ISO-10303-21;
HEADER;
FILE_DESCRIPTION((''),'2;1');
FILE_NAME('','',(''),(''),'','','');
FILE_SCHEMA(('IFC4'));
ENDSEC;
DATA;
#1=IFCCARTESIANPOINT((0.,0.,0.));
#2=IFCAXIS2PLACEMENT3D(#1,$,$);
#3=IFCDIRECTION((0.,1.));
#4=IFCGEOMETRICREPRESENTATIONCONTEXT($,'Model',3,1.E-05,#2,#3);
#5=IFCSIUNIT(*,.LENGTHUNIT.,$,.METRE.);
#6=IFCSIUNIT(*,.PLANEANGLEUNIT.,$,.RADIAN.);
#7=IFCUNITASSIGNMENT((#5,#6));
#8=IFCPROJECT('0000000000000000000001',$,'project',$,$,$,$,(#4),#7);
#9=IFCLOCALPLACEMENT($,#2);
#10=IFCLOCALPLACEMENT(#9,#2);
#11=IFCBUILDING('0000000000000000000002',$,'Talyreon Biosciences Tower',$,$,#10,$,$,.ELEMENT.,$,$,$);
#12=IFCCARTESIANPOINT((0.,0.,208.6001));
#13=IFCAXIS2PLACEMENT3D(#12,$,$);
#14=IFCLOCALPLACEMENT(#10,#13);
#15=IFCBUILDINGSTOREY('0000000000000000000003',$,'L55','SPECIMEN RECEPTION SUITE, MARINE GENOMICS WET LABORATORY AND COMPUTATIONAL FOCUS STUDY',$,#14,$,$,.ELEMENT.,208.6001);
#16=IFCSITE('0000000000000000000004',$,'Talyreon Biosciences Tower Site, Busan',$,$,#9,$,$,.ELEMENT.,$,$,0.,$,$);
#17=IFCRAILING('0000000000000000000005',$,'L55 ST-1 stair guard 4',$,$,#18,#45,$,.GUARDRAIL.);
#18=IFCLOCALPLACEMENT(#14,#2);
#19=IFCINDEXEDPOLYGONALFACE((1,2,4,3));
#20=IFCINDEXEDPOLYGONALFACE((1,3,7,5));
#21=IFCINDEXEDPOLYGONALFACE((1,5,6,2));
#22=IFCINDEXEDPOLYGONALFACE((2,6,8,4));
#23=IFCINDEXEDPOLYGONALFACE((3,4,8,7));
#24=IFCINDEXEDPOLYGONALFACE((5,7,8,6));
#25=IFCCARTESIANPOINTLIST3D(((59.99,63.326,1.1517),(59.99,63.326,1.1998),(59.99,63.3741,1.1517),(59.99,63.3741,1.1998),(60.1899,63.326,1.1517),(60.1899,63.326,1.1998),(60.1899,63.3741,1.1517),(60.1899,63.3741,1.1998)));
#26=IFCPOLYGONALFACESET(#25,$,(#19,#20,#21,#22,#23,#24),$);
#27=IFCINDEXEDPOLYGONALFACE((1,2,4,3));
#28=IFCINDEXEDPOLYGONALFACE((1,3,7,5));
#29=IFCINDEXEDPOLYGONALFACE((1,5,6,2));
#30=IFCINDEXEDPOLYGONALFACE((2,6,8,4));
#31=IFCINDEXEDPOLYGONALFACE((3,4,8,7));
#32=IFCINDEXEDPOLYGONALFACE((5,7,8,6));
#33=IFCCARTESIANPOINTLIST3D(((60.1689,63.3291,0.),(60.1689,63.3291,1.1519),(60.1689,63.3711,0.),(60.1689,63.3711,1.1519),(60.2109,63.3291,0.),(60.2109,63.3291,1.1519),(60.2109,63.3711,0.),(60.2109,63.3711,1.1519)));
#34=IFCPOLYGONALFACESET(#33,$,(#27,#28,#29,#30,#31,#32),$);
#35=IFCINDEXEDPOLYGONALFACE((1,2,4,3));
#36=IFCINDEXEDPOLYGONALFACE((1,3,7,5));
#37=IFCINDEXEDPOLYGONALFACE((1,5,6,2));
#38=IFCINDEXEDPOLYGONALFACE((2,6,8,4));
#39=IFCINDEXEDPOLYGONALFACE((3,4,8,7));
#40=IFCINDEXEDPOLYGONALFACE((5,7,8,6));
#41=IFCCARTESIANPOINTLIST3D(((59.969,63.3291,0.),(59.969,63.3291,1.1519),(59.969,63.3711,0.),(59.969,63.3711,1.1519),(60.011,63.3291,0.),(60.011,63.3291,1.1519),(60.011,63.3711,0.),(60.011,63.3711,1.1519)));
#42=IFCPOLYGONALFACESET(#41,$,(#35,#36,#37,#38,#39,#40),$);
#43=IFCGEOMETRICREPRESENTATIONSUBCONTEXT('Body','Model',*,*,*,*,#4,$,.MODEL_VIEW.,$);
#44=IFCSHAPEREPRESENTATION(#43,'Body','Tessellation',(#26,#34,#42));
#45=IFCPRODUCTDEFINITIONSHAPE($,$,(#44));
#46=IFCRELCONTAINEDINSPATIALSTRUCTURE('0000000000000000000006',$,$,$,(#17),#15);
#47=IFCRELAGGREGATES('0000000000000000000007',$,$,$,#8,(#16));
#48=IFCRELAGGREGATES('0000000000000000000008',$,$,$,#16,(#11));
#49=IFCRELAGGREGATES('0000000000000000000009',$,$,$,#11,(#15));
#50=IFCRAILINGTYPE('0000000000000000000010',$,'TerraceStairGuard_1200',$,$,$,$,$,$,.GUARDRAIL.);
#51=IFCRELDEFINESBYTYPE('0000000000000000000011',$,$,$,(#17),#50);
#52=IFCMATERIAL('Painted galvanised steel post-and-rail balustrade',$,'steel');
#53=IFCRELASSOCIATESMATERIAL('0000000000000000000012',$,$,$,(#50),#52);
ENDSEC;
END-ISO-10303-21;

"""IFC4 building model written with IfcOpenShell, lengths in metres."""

from ifc_helpers import new_model, si_unit, direction, frame, origin, origin_2d, place, context, subcontext, project, spatial, rectangle, extrude, material, type_object, element, save


model = new_model("IFC4")

# Units and contexts
model_context = context("Model", 3, precision=1e-05, world=origin(), true_north=direction((0.0, 1.0)))
body_context = subcontext(model_context, "Body", "Model", "MODEL_VIEW")
ifc_project = project(units=[si_unit("LENGTHUNIT", "METRE"), si_unit("PLANEANGLEUNIT", "RADIAN")], contexts=[model_context])

# Site, building, storey
site_placement = place(None, origin())
site = spatial("IfcSite", under=ifc_project, at=site_placement, Name="Talyreon Biosciences Tower Site, Busan", CompositionType="ELEMENT", RefElevation=0.0)
building_placement = place(site_placement, origin())
building = spatial("IfcBuilding", under=site, at=building_placement, Name="Talyreon Biosciences Tower", CompositionType="ELEMENT")
storey_placement = place(building_placement, frame((0.0, 0.0, 208.6001)))
storey = spatial("IfcBuildingStorey", under=building, at=storey_placement, Name="L55", Description="SPECIMEN RECEPTION SUITE, MARINE GENOMICS WET LABORATORY AND COMPUTATIONAL FOCUS STUDY", CompositionType="ELEMENT", Elevation=208.6001)

# Railing
ifc_material_1 = material(Name="Painted galvanised steel post-and-rail balustrade", Category="steel")
railing_type_1 = type_object("IfcRailingType", Name="TerraceStairGuard_1200", PredefinedType="GUARDRAIL", material=ifc_material_1)
railing_1_placement = place(storey_placement, frame((60.1899, 63.3501, 0.0)))
element("IfcRailing", 1, at=railing_1_placement, inside=storey, type_object=railing_type_1, Name="L55 ST-1 stair guard 4", PredefinedType="GUARDRAIL", context=body_context, shape_type="SweptSolid", body=[
    extrude(rectangle(XDim=0.0481, YDim=0.0481, at=origin_2d()), frame((0.0, 0.0, 1.1758), z_axis=(-1.0, 0.0, 0.0), x_axis=(0.0, -1.0, 0.0)), (0.0, 0.0, 1.0), 0.2),
    extrude(rectangle(XDim=0.042, YDim=0.042, at=origin_2d()), origin(), (0.0, 0.0, 1.0), 1.1519),
    extrude(rectangle(XDim=0.042, YDim=0.042, at=origin_2d()), frame((-0.2, 0.0, 0.0)), (0.0, 0.0, 1.0), 1.1519),
])

save(model, "model.ifc")
